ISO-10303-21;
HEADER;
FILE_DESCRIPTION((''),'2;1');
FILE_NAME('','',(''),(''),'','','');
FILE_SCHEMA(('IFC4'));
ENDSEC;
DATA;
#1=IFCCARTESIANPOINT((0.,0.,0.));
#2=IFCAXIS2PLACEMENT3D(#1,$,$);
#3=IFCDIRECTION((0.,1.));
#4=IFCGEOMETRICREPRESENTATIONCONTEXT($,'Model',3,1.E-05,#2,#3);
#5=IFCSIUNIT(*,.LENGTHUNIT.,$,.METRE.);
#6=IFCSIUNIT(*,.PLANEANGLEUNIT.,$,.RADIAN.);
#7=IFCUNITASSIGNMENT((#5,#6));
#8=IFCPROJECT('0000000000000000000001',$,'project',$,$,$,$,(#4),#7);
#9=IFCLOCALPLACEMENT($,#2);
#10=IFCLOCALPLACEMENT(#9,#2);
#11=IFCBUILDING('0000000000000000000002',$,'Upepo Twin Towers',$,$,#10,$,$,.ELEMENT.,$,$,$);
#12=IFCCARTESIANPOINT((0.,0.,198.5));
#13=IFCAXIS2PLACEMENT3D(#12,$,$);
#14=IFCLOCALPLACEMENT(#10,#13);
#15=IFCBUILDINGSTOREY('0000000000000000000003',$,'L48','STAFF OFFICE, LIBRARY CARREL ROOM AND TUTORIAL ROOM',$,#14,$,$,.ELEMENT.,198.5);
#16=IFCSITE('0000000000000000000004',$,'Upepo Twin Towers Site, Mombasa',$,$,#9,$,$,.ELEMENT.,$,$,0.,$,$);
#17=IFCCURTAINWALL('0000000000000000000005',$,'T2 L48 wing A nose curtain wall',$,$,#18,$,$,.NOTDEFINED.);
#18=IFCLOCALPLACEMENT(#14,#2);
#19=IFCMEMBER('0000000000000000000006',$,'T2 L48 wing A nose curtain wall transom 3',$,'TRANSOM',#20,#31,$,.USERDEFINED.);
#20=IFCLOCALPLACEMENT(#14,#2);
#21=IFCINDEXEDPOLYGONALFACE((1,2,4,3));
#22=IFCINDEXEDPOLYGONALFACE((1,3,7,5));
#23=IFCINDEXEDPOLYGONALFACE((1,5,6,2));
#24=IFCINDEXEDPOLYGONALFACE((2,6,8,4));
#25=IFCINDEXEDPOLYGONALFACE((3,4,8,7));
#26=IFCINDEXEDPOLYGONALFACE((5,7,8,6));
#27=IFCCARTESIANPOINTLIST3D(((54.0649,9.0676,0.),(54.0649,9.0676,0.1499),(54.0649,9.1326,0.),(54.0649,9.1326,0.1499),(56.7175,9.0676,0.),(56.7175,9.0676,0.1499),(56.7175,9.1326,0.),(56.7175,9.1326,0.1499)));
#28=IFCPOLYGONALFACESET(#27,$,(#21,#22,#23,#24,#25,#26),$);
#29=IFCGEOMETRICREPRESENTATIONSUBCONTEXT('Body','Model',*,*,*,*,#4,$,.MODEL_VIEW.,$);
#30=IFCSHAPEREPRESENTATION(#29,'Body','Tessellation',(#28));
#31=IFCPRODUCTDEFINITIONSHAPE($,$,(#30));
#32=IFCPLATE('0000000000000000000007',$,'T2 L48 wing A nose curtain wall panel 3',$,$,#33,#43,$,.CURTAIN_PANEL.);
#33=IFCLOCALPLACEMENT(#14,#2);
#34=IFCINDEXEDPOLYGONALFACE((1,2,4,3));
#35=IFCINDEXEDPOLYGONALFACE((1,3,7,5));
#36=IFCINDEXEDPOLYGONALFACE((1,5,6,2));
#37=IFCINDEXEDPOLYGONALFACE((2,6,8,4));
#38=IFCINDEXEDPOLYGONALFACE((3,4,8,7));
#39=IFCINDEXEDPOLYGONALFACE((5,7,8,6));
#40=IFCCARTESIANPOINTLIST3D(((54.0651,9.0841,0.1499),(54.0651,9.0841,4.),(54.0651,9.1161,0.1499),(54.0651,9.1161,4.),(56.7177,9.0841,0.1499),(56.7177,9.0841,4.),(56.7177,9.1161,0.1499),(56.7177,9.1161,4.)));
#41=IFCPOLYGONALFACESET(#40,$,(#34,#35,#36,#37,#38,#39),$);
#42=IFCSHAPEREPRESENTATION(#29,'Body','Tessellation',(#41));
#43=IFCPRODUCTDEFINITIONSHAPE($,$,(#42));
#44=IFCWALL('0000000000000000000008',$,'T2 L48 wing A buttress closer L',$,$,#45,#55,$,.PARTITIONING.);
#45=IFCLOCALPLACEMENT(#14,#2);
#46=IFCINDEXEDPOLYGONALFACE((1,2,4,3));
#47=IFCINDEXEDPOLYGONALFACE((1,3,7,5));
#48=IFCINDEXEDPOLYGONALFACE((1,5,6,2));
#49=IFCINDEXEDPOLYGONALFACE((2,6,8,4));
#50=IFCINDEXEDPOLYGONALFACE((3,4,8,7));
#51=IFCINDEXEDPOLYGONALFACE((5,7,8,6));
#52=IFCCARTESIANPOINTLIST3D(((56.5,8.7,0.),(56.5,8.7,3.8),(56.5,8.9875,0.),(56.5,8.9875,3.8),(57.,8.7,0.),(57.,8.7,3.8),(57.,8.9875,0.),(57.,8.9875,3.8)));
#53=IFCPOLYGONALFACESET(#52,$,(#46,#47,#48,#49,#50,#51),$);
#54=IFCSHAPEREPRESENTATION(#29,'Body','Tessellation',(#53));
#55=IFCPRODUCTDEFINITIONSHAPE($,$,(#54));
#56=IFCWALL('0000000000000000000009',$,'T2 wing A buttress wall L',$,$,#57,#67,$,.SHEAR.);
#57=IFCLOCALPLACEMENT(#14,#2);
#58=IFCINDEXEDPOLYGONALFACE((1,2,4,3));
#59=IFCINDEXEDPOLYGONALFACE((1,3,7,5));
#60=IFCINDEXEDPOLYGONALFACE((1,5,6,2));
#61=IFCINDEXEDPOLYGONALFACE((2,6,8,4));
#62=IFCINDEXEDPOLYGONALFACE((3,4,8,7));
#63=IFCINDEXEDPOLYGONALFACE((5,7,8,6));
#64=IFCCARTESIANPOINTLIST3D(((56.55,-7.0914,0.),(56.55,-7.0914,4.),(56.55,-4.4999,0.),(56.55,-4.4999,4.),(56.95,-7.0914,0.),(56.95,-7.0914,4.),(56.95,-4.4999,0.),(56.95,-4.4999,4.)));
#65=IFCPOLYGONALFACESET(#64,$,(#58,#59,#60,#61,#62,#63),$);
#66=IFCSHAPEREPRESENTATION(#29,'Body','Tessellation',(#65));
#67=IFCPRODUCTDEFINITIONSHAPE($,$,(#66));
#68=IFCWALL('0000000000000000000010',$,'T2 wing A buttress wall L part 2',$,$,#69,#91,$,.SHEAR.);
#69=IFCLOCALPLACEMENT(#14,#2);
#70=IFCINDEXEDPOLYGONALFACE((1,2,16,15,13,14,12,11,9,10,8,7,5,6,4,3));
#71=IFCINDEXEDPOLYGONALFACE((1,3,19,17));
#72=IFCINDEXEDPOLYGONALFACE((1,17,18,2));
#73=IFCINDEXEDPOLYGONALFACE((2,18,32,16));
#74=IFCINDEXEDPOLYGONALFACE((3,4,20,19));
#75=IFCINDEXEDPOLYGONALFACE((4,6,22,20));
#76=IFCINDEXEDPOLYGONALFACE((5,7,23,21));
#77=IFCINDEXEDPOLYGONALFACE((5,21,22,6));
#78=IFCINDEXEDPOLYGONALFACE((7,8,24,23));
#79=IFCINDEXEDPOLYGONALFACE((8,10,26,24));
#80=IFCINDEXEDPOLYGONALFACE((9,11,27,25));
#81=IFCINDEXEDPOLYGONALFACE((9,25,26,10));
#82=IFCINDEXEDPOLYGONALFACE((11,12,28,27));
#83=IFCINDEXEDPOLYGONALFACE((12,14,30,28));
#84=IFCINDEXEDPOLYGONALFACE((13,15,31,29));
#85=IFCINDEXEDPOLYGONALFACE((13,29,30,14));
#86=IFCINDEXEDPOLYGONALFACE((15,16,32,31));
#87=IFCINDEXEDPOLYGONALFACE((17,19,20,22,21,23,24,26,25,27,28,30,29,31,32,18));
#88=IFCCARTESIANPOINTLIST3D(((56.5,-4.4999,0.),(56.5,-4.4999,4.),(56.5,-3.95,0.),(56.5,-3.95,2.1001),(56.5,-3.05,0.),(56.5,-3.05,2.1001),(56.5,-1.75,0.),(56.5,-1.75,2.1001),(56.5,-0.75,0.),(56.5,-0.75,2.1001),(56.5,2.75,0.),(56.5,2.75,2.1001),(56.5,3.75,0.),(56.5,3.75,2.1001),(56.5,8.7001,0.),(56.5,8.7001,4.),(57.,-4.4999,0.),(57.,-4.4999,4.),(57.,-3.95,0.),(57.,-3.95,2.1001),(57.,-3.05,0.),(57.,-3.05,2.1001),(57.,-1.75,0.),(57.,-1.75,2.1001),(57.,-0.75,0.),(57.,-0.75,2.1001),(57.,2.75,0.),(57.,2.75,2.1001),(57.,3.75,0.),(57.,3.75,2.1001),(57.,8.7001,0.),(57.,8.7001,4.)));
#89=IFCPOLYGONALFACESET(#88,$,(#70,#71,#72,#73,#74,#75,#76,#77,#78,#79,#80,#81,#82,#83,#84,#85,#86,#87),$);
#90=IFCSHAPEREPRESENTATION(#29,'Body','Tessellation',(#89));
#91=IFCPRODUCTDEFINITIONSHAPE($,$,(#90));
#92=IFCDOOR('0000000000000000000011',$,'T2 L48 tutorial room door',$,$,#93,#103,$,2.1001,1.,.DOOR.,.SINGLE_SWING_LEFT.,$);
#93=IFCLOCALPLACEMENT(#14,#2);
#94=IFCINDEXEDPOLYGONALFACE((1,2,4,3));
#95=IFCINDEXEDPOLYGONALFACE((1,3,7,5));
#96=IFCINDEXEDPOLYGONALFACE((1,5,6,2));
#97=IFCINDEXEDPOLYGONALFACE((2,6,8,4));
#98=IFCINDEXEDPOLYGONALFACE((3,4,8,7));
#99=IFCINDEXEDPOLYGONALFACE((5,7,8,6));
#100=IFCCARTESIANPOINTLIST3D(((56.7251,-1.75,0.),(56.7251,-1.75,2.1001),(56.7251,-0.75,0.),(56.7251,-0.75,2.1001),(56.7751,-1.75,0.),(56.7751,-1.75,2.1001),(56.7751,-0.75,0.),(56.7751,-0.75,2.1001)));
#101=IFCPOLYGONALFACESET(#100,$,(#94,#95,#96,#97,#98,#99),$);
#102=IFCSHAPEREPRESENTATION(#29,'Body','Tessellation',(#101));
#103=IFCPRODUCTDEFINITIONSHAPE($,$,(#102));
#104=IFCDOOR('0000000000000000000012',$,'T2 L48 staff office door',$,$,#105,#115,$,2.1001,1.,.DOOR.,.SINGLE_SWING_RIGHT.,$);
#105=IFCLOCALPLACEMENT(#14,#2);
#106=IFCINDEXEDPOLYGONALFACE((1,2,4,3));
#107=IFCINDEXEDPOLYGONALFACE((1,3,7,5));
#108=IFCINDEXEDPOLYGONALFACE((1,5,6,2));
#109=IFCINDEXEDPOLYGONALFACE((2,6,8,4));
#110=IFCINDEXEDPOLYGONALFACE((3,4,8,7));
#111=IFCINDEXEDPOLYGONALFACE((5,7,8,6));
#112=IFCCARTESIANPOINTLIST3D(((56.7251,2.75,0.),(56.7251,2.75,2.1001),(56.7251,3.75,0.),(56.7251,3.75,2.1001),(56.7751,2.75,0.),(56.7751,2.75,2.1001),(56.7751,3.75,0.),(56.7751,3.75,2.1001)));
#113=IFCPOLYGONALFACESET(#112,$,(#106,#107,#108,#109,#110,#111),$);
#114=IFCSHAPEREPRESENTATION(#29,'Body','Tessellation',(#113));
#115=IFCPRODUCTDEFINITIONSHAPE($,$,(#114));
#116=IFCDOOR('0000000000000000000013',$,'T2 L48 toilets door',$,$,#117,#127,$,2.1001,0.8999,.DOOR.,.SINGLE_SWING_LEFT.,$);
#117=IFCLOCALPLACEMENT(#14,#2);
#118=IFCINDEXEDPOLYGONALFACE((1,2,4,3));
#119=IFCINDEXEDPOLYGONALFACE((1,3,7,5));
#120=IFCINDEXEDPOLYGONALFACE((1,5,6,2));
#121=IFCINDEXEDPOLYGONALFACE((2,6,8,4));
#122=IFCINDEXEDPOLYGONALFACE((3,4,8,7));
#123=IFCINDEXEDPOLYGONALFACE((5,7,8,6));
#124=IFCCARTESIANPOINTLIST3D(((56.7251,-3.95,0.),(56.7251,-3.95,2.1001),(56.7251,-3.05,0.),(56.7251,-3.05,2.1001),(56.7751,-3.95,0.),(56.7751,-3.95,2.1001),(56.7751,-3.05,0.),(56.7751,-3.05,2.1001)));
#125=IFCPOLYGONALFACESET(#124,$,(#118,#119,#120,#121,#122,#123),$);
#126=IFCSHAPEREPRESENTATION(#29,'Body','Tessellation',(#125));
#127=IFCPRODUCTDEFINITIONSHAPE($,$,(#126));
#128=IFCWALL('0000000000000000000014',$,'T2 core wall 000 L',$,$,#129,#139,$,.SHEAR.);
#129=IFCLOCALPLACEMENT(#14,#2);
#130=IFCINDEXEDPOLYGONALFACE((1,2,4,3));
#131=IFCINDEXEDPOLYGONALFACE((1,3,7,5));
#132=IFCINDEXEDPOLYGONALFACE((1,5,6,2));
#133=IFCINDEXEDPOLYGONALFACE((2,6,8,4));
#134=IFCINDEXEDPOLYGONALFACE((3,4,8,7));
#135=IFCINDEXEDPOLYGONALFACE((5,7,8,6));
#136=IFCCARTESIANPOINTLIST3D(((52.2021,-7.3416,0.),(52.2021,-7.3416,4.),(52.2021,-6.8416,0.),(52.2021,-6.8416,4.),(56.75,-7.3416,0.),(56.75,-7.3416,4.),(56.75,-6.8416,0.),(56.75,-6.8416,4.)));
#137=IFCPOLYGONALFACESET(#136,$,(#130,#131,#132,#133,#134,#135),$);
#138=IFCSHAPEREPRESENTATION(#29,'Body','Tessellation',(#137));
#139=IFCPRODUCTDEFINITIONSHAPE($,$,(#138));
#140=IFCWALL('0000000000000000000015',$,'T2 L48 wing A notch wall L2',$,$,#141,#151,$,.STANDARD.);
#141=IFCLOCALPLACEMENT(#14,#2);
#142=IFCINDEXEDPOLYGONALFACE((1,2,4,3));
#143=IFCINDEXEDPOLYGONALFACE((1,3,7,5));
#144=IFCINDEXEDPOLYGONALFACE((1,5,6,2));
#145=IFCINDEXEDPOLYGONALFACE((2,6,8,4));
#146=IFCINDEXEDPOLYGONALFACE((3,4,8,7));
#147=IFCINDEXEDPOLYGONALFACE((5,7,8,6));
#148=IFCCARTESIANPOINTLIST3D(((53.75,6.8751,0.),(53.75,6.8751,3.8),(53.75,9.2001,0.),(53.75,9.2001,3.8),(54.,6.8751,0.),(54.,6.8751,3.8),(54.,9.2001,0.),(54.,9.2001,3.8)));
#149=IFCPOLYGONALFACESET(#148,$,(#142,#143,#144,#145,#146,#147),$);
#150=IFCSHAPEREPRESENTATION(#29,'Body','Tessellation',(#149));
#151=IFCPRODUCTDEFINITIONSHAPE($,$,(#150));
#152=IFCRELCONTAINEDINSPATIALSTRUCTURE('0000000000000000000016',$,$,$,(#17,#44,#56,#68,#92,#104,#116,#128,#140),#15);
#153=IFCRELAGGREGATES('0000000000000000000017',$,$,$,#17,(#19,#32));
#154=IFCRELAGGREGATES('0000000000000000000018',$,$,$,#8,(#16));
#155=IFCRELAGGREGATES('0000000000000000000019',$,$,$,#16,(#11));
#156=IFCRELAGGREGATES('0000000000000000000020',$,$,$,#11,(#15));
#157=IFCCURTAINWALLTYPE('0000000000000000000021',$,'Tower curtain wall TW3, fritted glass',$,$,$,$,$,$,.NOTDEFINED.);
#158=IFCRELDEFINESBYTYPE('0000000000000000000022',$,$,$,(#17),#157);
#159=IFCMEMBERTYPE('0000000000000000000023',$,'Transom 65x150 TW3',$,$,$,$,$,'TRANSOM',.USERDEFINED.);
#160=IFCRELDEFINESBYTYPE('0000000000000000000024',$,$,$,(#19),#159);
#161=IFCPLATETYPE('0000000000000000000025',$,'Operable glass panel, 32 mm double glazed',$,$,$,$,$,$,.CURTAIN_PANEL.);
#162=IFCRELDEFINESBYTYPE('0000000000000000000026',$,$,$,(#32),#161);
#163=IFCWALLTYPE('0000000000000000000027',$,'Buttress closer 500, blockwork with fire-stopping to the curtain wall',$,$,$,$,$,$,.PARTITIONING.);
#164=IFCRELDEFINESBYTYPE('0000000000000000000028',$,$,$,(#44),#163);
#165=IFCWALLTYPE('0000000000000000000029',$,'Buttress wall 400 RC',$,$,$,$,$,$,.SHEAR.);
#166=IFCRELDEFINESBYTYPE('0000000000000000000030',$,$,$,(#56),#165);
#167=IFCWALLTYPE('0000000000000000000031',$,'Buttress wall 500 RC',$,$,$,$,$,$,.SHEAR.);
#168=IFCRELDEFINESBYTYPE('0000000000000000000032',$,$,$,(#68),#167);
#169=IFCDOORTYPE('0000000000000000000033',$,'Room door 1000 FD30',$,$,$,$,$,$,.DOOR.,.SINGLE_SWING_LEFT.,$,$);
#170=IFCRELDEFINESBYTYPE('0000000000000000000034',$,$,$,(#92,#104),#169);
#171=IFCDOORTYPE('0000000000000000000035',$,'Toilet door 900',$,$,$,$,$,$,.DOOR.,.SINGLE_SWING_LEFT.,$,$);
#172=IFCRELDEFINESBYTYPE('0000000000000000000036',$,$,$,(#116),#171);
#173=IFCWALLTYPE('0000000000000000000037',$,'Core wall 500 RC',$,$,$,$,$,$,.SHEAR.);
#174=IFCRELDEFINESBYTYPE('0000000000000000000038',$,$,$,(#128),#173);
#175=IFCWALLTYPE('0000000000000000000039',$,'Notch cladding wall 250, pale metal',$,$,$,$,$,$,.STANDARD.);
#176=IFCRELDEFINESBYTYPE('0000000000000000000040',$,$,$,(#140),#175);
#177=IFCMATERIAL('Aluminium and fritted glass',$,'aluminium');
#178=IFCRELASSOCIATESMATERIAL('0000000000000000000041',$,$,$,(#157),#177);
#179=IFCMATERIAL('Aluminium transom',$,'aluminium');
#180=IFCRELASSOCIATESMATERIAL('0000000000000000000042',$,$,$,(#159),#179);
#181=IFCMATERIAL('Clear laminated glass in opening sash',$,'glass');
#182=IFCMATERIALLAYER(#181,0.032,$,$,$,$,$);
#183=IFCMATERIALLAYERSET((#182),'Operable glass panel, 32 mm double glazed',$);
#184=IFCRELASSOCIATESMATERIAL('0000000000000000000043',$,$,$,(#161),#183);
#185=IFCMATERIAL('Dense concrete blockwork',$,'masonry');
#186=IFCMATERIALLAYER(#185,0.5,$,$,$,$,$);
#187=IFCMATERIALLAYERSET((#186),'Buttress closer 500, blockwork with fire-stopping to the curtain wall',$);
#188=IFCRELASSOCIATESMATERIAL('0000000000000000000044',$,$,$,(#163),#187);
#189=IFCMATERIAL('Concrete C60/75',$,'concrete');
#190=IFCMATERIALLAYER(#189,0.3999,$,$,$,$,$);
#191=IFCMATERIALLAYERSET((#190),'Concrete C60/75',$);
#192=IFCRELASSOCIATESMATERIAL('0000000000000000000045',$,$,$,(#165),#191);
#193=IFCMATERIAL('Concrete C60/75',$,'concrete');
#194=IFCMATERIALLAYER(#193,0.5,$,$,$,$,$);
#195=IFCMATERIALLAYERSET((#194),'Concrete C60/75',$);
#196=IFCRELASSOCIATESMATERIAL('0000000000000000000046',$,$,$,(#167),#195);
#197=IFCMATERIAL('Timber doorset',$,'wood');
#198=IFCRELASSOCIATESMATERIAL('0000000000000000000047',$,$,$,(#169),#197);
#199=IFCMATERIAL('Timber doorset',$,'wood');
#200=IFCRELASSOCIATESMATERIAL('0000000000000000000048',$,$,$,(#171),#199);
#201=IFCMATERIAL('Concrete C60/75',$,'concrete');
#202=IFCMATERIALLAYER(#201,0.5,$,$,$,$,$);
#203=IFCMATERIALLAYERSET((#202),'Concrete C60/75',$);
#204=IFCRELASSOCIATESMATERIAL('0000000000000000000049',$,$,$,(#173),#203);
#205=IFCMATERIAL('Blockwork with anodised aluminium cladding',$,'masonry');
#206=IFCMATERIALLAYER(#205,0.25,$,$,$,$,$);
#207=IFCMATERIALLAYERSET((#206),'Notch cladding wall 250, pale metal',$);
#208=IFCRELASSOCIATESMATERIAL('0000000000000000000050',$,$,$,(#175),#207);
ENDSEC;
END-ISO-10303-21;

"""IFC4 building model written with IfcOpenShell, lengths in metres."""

from ifc_helpers import new_model, si_unit, direction, frame, frame_2d, origin, origin_2d, place, context, subcontext, project, spatial, rectangle, extrude, material, layer, layer_set, material_profile, profile_set, type_object, element, fill, aggregate, save


model = new_model("IFC4")

# Units and contexts
model_context = context("Model", 3, precision=1e-05, world=origin(), true_north=direction((0.0, 1.0)))
body_context = subcontext(model_context, "Body", "Model", "MODEL_VIEW")
ifc_project = project(units=[si_unit("LENGTHUNIT", "METRE"), si_unit("PLANEANGLEUNIT", "RADIAN")], contexts=[model_context])

# Site, building, storey
site_placement = place(None, origin())
site = spatial("IfcSite", under=ifc_project, at=site_placement, Name="Upepo Twin Towers Site, Mombasa", CompositionType="ELEMENT", RefElevation=0.0)
building_placement = place(site_placement, origin())
building = spatial("IfcBuilding", under=site, at=building_placement, Name="Upepo Twin Towers", CompositionType="ELEMENT")
storey_placement = place(building_placement, frame((0.0, 0.0, 198.5)))
storey = spatial("IfcBuildingStorey", under=building, at=storey_placement, Name="L48", Description="STAFF OFFICE, LIBRARY CARREL ROOM AND TUTORIAL ROOM", CompositionType="ELEMENT", Elevation=198.5)

# Curtain wall, member, plate
ifc_material_1 = material(Name="Aluminium and fritted glass", Category="aluminium")
curtain_wall_type = type_object("IfcCurtainWallType", Name="Tower curtain wall TW3, fritted glass", PredefinedType="NOTDEFINED", material=ifc_material_1)
curtain_wall_placement = place(storey_placement, origin())
curtain_wall = element("IfcCurtainWall", 1, at=curtain_wall_placement, inside=storey, type_object=curtain_wall_type, Name="T2 L48 wing A nose curtain wall", PredefinedType="NOTDEFINED")
ifc_material_2 = material(Name="Aluminium transom", Category="aluminium")
ifc_material_profile_1 = material_profile(ifc_material_2, rectangle(XDim=0.0649, YDim=0.1499, at=origin_2d()), Name="TRANSOM 65x150")
ifc_profile_set_1 = profile_set([ifc_material_profile_1], Name="Aluminium transom")
member_type_1 = type_object("IfcMemberType", Name="Transom 65x150 TW3", ElementType="TRANSOM", PredefinedType="USERDEFINED", material=ifc_profile_set_1)
member_1_placement = place(storey_placement, frame((56.7175, 9.1001, 0.075), z_axis=(-1.0, 0.0, 0.0), x_axis=(0.0, -1.0, 0.0)))
member_1 = element("IfcMember", 2, at=member_1_placement, type_object=member_type_1, Name="T2 L48 wing A nose curtain wall transom 3", ObjectType="TRANSOM", PredefinedType="USERDEFINED", context=body_context, shape_type="SweptSolid", body=[
    extrude(rectangle(XDim=0.0649, YDim=0.1499, at=origin_2d()), origin(), (0.0, 0.0, 1.0), 2.6526),
])
ifc_material_3 = material(Name="Clear laminated glass in opening sash", Category="glass")
ifc_layer_1 = layer(ifc_material_3, 0.032)
ifc_layer_set_1 = layer_set([ifc_layer_1], Name="Operable glass panel, 32 mm double glazed")
plate_type = type_object("IfcPlateType", Name="Operable glass panel, 32 mm double glazed", PredefinedType="CURTAIN_PANEL", material=ifc_layer_set_1)
plate_placement = place(storey_placement, frame((55.3914, 9.1001, 0.1499), z_axis=(0.0, 0.0, 1.0), x_axis=(-1.0, 0.0, 0.0)))
plate = element("IfcPlate", 3, at=plate_placement, type_object=plate_type, Name="T2 L48 wing A nose curtain wall panel 3", PredefinedType="CURTAIN_PANEL", context=body_context, shape_type="SweptSolid", body=[
    extrude(rectangle(XDim=2.6526, YDim=0.032, at=origin_2d()), origin(), (0.0, 0.0, 1.0), 3.8501),
])
aggregate(curtain_wall, [member_1, plate])

# Walls
ifc_material_4 = material(Name="Dense concrete blockwork", Category="masonry")
ifc_layer_2 = layer(ifc_material_4, 0.5)
ifc_layer_set_2 = layer_set([ifc_layer_2], Name="Buttress closer 500, blockwork with fire-stopping to the curtain wall")
wall_type_1 = type_object("IfcWallType", Name="Buttress closer 500, blockwork with fire-stopping to the curtain wall", PredefinedType="PARTITIONING", material=ifc_layer_set_2)
wall_1_placement = place(storey_placement, frame((56.75, 8.7, 0.0), z_axis=(0.0, 0.0, 1.0), x_axis=(0.0, 1.0, 0.0)))
element("IfcWall", 4, at=wall_1_placement, inside=storey, type_object=wall_type_1, Name="T2 L48 wing A buttress closer L", PredefinedType="PARTITIONING", context=body_context, shape_type="SweptSolid", body=[
    extrude(rectangle(XDim=0.2876, YDim=0.5, at=frame_2d((0.1438, 0.0))), origin(), (0.0, 0.0, 1.0), 3.8),
])
ifc_material_5 = material(Name="Concrete C60/75", Category="concrete")
ifc_layer_3 = layer(ifc_material_5, 0.3999)
ifc_layer_set_3 = layer_set([ifc_layer_3], Name="Concrete C60/75")
wall_type_2 = type_object("IfcWallType", Name="Buttress wall 400 RC", PredefinedType="SHEAR", material=ifc_layer_set_3)
wall_2_placement = place(storey_placement, frame((56.75, -7.0916, 0.0), z_axis=(0.0, 0.0, 1.0), x_axis=(0.0, 1.0, 0.0)))
element("IfcWall", 5, at=wall_2_placement, inside=storey, type_object=wall_type_2, Name="T2 wing A buttress wall L", PredefinedType="SHEAR", context=body_context, shape_type="SweptSolid", body=[
    extrude(rectangle(XDim=2.5916, YDim=0.3999, at=frame_2d((1.2959, 0.0))), origin(), (0.0, 0.0, 1.0), 4.0),
])

# Wall, openings, doors
ifc_material_6 = material(Name="Concrete C60/75", Category="concrete")
ifc_layer_4 = layer(ifc_material_6, 0.5)
ifc_layer_set_4 = layer_set([ifc_layer_4], Name="Concrete C60/75")
wall_type_3 = type_object("IfcWallType", Name="Buttress wall 500 RC", PredefinedType="SHEAR", material=ifc_layer_set_4)
wall_3_placement = place(storey_placement, frame((56.75, -4.5, 0.0), z_axis=(0.0, 0.0, 1.0), x_axis=(0.0, 1.0, 0.0)))
wall_3 = element("IfcWall", 6, at=wall_3_placement, inside=storey, type_object=wall_type_3, Name="T2 wing A buttress wall L part 2", PredefinedType="SHEAR", context=body_context, shape_type="SweptSolid", body=[
    extrude(rectangle(XDim=13.2, YDim=0.5, at=frame_2d((6.6001, 0.0))), origin(), (0.0, 0.0, 1.0), 4.0),
])
opening_1_placement = place(wall_3_placement, frame((0.55, 0.0, 0.0)))
opening_1 = element("IfcOpeningElement", 7, at=opening_1_placement, cuts=wall_3, PredefinedType="OPENING", context=body_context, shape_type="SweptSolid", body=[
    extrude(rectangle(XDim=0.8999, YDim=2.1001, at=frame_2d((0.45, 1.05))), frame((0.0, 0.26, 0.0), z_axis=(0.0, -1.0, 0.0), x_axis=(1.0, 0.0, 0.0)), (0.0, 0.0, 1.0), 0.52),
])
opening_2_placement = place(wall_3_placement, frame((2.75, 0.0, 0.0)))
opening_2 = element("IfcOpeningElement", 8, at=opening_2_placement, cuts=wall_3, PredefinedType="OPENING", context=body_context, shape_type="SweptSolid", body=[
    extrude(rectangle(XDim=1.0, YDim=2.1001, at=frame_2d((0.5, 1.05))), frame((0.0, 0.26, 0.0), z_axis=(0.0, -1.0, 0.0), x_axis=(1.0, 0.0, 0.0)), (0.0, 0.0, 1.0), 0.52),
])
opening_3_placement = place(wall_3_placement, frame((7.25, 0.0, 0.0)))
opening_3 = element("IfcOpeningElement", 9, at=opening_3_placement, cuts=wall_3, PredefinedType="OPENING", context=body_context, shape_type="SweptSolid", body=[
    extrude(rectangle(XDim=1.0, YDim=2.1001, at=frame_2d((0.5, 1.05))), frame((0.0, 0.26, 0.0), z_axis=(0.0, -1.0, 0.0), x_axis=(1.0, 0.0, 0.0)), (0.0, 0.0, 1.0), 0.52),
])
ifc_material_7 = material(Name="Timber doorset", Category="wood")
door_type_1 = type_object("IfcDoorType", Name="Room door 1000 FD30", OperationType="SINGLE_SWING_LEFT", PredefinedType="DOOR", material=ifc_material_7)
door_1_placement = place(opening_2_placement, origin())
door_1 = element("IfcDoor", 10, at=door_1_placement, inside=storey, type_object=door_type_1, Name="T2 L48 tutorial room door", OperationType="SINGLE_SWING_LEFT", OverallHeight=2.1001, OverallWidth=1.0, PredefinedType="DOOR", context=body_context, shape_type="SweptSolid", body=[
    extrude(rectangle(XDim=1.0, YDim=2.1001, at=frame_2d((0.5, 1.05))), frame((0.0, 0.0249, 0.0), z_axis=(0.0, -1.0, 0.0), x_axis=(1.0, 0.0, 0.0)), (0.0, 0.0, 1.0), 0.05),
])
fill(opening_2, door_1)
door_2_placement = place(opening_3_placement, origin())
door_2 = element("IfcDoor", 11, at=door_2_placement, inside=storey, type_object=door_type_1, Name="T2 L48 staff office door", OperationType="SINGLE_SWING_RIGHT", OverallHeight=2.1001, OverallWidth=1.0, PredefinedType="DOOR", context=body_context, shape_type="SweptSolid", body=[
    extrude(rectangle(XDim=1.0, YDim=2.1001, at=frame_2d((0.5, 1.05))), frame((0.0, 0.0249, 0.0), z_axis=(0.0, -1.0, 0.0), x_axis=(1.0, 0.0, 0.0)), (0.0, 0.0, 1.0), 0.05),
])
fill(opening_3, door_2)
ifc_material_8 = material(Name="Timber doorset", Category="wood")
door_type_2 = type_object("IfcDoorType", Name="Toilet door 900", OperationType="SINGLE_SWING_LEFT", PredefinedType="DOOR", material=ifc_material_8)
door_3_placement = place(opening_1_placement, origin())
door_3 = element("IfcDoor", 12, at=door_3_placement, inside=storey, type_object=door_type_2, Name="T2 L48 toilets door", OperationType="SINGLE_SWING_LEFT", OverallHeight=2.1001, OverallWidth=0.8999, PredefinedType="DOOR", context=body_context, shape_type="SweptSolid", body=[
    extrude(rectangle(XDim=0.8999, YDim=2.1001, at=frame_2d((0.45, 1.05))), frame((0.0, 0.0249, 0.0), z_axis=(0.0, -1.0, 0.0), x_axis=(1.0, 0.0, 0.0)), (0.0, 0.0, 1.0), 0.05),
])
fill(opening_1, door_3)

# Walls
ifc_material_9 = material(Name="Concrete C60/75", Category="concrete")
ifc_layer_5 = layer(ifc_material_9, 0.5)
ifc_layer_set_5 = layer_set([ifc_layer_5], Name="Concrete C60/75")
wall_type_4 = type_object("IfcWallType", Name="Core wall 500 RC", PredefinedType="SHEAR", material=ifc_layer_set_5)
wall_4_placement = place(storey_placement, frame((56.75, -7.0916, 0.0), z_axis=(0.0, 0.0, 1.0), x_axis=(-1.0, 0.0, 0.0)))
element("IfcWall", 13, at=wall_4_placement, inside=storey, type_object=wall_type_4, Name="T2 core wall 000 L", PredefinedType="SHEAR", context=body_context, shape_type="SweptSolid", body=[
    extrude(rectangle(XDim=4.5479, YDim=0.5, at=frame_2d((2.2739, 0.0))), origin(), (0.0, 0.0, 1.0), 4.0),
])
ifc_material_10 = material(Name="Blockwork with anodised aluminium cladding", Category="masonry")
ifc_layer_6 = layer(ifc_material_10, 0.25)
ifc_layer_set_6 = layer_set([ifc_layer_6], Name="Notch cladding wall 250, pale metal")
wall_type_5 = type_object("IfcWallType", Name="Notch cladding wall 250, pale metal", PredefinedType="STANDARD", material=ifc_layer_set_6)
wall_5_placement = place(storey_placement, frame((53.875, 6.875, 0.0), z_axis=(0.0, 0.0, 1.0), x_axis=(0.0, 1.0, 0.0)))
element("IfcWall", 14, at=wall_5_placement, inside=storey, type_object=wall_type_5, Name="T2 L48 wing A notch wall L2", PredefinedType="STANDARD", context=body_context, shape_type="SweptSolid", body=[
    extrude(rectangle(XDim=2.325, YDim=0.25, at=frame_2d((1.1626, 0.0))), origin(), (0.0, 0.0, 1.0), 3.8),
])

save(model, "model.ifc")
